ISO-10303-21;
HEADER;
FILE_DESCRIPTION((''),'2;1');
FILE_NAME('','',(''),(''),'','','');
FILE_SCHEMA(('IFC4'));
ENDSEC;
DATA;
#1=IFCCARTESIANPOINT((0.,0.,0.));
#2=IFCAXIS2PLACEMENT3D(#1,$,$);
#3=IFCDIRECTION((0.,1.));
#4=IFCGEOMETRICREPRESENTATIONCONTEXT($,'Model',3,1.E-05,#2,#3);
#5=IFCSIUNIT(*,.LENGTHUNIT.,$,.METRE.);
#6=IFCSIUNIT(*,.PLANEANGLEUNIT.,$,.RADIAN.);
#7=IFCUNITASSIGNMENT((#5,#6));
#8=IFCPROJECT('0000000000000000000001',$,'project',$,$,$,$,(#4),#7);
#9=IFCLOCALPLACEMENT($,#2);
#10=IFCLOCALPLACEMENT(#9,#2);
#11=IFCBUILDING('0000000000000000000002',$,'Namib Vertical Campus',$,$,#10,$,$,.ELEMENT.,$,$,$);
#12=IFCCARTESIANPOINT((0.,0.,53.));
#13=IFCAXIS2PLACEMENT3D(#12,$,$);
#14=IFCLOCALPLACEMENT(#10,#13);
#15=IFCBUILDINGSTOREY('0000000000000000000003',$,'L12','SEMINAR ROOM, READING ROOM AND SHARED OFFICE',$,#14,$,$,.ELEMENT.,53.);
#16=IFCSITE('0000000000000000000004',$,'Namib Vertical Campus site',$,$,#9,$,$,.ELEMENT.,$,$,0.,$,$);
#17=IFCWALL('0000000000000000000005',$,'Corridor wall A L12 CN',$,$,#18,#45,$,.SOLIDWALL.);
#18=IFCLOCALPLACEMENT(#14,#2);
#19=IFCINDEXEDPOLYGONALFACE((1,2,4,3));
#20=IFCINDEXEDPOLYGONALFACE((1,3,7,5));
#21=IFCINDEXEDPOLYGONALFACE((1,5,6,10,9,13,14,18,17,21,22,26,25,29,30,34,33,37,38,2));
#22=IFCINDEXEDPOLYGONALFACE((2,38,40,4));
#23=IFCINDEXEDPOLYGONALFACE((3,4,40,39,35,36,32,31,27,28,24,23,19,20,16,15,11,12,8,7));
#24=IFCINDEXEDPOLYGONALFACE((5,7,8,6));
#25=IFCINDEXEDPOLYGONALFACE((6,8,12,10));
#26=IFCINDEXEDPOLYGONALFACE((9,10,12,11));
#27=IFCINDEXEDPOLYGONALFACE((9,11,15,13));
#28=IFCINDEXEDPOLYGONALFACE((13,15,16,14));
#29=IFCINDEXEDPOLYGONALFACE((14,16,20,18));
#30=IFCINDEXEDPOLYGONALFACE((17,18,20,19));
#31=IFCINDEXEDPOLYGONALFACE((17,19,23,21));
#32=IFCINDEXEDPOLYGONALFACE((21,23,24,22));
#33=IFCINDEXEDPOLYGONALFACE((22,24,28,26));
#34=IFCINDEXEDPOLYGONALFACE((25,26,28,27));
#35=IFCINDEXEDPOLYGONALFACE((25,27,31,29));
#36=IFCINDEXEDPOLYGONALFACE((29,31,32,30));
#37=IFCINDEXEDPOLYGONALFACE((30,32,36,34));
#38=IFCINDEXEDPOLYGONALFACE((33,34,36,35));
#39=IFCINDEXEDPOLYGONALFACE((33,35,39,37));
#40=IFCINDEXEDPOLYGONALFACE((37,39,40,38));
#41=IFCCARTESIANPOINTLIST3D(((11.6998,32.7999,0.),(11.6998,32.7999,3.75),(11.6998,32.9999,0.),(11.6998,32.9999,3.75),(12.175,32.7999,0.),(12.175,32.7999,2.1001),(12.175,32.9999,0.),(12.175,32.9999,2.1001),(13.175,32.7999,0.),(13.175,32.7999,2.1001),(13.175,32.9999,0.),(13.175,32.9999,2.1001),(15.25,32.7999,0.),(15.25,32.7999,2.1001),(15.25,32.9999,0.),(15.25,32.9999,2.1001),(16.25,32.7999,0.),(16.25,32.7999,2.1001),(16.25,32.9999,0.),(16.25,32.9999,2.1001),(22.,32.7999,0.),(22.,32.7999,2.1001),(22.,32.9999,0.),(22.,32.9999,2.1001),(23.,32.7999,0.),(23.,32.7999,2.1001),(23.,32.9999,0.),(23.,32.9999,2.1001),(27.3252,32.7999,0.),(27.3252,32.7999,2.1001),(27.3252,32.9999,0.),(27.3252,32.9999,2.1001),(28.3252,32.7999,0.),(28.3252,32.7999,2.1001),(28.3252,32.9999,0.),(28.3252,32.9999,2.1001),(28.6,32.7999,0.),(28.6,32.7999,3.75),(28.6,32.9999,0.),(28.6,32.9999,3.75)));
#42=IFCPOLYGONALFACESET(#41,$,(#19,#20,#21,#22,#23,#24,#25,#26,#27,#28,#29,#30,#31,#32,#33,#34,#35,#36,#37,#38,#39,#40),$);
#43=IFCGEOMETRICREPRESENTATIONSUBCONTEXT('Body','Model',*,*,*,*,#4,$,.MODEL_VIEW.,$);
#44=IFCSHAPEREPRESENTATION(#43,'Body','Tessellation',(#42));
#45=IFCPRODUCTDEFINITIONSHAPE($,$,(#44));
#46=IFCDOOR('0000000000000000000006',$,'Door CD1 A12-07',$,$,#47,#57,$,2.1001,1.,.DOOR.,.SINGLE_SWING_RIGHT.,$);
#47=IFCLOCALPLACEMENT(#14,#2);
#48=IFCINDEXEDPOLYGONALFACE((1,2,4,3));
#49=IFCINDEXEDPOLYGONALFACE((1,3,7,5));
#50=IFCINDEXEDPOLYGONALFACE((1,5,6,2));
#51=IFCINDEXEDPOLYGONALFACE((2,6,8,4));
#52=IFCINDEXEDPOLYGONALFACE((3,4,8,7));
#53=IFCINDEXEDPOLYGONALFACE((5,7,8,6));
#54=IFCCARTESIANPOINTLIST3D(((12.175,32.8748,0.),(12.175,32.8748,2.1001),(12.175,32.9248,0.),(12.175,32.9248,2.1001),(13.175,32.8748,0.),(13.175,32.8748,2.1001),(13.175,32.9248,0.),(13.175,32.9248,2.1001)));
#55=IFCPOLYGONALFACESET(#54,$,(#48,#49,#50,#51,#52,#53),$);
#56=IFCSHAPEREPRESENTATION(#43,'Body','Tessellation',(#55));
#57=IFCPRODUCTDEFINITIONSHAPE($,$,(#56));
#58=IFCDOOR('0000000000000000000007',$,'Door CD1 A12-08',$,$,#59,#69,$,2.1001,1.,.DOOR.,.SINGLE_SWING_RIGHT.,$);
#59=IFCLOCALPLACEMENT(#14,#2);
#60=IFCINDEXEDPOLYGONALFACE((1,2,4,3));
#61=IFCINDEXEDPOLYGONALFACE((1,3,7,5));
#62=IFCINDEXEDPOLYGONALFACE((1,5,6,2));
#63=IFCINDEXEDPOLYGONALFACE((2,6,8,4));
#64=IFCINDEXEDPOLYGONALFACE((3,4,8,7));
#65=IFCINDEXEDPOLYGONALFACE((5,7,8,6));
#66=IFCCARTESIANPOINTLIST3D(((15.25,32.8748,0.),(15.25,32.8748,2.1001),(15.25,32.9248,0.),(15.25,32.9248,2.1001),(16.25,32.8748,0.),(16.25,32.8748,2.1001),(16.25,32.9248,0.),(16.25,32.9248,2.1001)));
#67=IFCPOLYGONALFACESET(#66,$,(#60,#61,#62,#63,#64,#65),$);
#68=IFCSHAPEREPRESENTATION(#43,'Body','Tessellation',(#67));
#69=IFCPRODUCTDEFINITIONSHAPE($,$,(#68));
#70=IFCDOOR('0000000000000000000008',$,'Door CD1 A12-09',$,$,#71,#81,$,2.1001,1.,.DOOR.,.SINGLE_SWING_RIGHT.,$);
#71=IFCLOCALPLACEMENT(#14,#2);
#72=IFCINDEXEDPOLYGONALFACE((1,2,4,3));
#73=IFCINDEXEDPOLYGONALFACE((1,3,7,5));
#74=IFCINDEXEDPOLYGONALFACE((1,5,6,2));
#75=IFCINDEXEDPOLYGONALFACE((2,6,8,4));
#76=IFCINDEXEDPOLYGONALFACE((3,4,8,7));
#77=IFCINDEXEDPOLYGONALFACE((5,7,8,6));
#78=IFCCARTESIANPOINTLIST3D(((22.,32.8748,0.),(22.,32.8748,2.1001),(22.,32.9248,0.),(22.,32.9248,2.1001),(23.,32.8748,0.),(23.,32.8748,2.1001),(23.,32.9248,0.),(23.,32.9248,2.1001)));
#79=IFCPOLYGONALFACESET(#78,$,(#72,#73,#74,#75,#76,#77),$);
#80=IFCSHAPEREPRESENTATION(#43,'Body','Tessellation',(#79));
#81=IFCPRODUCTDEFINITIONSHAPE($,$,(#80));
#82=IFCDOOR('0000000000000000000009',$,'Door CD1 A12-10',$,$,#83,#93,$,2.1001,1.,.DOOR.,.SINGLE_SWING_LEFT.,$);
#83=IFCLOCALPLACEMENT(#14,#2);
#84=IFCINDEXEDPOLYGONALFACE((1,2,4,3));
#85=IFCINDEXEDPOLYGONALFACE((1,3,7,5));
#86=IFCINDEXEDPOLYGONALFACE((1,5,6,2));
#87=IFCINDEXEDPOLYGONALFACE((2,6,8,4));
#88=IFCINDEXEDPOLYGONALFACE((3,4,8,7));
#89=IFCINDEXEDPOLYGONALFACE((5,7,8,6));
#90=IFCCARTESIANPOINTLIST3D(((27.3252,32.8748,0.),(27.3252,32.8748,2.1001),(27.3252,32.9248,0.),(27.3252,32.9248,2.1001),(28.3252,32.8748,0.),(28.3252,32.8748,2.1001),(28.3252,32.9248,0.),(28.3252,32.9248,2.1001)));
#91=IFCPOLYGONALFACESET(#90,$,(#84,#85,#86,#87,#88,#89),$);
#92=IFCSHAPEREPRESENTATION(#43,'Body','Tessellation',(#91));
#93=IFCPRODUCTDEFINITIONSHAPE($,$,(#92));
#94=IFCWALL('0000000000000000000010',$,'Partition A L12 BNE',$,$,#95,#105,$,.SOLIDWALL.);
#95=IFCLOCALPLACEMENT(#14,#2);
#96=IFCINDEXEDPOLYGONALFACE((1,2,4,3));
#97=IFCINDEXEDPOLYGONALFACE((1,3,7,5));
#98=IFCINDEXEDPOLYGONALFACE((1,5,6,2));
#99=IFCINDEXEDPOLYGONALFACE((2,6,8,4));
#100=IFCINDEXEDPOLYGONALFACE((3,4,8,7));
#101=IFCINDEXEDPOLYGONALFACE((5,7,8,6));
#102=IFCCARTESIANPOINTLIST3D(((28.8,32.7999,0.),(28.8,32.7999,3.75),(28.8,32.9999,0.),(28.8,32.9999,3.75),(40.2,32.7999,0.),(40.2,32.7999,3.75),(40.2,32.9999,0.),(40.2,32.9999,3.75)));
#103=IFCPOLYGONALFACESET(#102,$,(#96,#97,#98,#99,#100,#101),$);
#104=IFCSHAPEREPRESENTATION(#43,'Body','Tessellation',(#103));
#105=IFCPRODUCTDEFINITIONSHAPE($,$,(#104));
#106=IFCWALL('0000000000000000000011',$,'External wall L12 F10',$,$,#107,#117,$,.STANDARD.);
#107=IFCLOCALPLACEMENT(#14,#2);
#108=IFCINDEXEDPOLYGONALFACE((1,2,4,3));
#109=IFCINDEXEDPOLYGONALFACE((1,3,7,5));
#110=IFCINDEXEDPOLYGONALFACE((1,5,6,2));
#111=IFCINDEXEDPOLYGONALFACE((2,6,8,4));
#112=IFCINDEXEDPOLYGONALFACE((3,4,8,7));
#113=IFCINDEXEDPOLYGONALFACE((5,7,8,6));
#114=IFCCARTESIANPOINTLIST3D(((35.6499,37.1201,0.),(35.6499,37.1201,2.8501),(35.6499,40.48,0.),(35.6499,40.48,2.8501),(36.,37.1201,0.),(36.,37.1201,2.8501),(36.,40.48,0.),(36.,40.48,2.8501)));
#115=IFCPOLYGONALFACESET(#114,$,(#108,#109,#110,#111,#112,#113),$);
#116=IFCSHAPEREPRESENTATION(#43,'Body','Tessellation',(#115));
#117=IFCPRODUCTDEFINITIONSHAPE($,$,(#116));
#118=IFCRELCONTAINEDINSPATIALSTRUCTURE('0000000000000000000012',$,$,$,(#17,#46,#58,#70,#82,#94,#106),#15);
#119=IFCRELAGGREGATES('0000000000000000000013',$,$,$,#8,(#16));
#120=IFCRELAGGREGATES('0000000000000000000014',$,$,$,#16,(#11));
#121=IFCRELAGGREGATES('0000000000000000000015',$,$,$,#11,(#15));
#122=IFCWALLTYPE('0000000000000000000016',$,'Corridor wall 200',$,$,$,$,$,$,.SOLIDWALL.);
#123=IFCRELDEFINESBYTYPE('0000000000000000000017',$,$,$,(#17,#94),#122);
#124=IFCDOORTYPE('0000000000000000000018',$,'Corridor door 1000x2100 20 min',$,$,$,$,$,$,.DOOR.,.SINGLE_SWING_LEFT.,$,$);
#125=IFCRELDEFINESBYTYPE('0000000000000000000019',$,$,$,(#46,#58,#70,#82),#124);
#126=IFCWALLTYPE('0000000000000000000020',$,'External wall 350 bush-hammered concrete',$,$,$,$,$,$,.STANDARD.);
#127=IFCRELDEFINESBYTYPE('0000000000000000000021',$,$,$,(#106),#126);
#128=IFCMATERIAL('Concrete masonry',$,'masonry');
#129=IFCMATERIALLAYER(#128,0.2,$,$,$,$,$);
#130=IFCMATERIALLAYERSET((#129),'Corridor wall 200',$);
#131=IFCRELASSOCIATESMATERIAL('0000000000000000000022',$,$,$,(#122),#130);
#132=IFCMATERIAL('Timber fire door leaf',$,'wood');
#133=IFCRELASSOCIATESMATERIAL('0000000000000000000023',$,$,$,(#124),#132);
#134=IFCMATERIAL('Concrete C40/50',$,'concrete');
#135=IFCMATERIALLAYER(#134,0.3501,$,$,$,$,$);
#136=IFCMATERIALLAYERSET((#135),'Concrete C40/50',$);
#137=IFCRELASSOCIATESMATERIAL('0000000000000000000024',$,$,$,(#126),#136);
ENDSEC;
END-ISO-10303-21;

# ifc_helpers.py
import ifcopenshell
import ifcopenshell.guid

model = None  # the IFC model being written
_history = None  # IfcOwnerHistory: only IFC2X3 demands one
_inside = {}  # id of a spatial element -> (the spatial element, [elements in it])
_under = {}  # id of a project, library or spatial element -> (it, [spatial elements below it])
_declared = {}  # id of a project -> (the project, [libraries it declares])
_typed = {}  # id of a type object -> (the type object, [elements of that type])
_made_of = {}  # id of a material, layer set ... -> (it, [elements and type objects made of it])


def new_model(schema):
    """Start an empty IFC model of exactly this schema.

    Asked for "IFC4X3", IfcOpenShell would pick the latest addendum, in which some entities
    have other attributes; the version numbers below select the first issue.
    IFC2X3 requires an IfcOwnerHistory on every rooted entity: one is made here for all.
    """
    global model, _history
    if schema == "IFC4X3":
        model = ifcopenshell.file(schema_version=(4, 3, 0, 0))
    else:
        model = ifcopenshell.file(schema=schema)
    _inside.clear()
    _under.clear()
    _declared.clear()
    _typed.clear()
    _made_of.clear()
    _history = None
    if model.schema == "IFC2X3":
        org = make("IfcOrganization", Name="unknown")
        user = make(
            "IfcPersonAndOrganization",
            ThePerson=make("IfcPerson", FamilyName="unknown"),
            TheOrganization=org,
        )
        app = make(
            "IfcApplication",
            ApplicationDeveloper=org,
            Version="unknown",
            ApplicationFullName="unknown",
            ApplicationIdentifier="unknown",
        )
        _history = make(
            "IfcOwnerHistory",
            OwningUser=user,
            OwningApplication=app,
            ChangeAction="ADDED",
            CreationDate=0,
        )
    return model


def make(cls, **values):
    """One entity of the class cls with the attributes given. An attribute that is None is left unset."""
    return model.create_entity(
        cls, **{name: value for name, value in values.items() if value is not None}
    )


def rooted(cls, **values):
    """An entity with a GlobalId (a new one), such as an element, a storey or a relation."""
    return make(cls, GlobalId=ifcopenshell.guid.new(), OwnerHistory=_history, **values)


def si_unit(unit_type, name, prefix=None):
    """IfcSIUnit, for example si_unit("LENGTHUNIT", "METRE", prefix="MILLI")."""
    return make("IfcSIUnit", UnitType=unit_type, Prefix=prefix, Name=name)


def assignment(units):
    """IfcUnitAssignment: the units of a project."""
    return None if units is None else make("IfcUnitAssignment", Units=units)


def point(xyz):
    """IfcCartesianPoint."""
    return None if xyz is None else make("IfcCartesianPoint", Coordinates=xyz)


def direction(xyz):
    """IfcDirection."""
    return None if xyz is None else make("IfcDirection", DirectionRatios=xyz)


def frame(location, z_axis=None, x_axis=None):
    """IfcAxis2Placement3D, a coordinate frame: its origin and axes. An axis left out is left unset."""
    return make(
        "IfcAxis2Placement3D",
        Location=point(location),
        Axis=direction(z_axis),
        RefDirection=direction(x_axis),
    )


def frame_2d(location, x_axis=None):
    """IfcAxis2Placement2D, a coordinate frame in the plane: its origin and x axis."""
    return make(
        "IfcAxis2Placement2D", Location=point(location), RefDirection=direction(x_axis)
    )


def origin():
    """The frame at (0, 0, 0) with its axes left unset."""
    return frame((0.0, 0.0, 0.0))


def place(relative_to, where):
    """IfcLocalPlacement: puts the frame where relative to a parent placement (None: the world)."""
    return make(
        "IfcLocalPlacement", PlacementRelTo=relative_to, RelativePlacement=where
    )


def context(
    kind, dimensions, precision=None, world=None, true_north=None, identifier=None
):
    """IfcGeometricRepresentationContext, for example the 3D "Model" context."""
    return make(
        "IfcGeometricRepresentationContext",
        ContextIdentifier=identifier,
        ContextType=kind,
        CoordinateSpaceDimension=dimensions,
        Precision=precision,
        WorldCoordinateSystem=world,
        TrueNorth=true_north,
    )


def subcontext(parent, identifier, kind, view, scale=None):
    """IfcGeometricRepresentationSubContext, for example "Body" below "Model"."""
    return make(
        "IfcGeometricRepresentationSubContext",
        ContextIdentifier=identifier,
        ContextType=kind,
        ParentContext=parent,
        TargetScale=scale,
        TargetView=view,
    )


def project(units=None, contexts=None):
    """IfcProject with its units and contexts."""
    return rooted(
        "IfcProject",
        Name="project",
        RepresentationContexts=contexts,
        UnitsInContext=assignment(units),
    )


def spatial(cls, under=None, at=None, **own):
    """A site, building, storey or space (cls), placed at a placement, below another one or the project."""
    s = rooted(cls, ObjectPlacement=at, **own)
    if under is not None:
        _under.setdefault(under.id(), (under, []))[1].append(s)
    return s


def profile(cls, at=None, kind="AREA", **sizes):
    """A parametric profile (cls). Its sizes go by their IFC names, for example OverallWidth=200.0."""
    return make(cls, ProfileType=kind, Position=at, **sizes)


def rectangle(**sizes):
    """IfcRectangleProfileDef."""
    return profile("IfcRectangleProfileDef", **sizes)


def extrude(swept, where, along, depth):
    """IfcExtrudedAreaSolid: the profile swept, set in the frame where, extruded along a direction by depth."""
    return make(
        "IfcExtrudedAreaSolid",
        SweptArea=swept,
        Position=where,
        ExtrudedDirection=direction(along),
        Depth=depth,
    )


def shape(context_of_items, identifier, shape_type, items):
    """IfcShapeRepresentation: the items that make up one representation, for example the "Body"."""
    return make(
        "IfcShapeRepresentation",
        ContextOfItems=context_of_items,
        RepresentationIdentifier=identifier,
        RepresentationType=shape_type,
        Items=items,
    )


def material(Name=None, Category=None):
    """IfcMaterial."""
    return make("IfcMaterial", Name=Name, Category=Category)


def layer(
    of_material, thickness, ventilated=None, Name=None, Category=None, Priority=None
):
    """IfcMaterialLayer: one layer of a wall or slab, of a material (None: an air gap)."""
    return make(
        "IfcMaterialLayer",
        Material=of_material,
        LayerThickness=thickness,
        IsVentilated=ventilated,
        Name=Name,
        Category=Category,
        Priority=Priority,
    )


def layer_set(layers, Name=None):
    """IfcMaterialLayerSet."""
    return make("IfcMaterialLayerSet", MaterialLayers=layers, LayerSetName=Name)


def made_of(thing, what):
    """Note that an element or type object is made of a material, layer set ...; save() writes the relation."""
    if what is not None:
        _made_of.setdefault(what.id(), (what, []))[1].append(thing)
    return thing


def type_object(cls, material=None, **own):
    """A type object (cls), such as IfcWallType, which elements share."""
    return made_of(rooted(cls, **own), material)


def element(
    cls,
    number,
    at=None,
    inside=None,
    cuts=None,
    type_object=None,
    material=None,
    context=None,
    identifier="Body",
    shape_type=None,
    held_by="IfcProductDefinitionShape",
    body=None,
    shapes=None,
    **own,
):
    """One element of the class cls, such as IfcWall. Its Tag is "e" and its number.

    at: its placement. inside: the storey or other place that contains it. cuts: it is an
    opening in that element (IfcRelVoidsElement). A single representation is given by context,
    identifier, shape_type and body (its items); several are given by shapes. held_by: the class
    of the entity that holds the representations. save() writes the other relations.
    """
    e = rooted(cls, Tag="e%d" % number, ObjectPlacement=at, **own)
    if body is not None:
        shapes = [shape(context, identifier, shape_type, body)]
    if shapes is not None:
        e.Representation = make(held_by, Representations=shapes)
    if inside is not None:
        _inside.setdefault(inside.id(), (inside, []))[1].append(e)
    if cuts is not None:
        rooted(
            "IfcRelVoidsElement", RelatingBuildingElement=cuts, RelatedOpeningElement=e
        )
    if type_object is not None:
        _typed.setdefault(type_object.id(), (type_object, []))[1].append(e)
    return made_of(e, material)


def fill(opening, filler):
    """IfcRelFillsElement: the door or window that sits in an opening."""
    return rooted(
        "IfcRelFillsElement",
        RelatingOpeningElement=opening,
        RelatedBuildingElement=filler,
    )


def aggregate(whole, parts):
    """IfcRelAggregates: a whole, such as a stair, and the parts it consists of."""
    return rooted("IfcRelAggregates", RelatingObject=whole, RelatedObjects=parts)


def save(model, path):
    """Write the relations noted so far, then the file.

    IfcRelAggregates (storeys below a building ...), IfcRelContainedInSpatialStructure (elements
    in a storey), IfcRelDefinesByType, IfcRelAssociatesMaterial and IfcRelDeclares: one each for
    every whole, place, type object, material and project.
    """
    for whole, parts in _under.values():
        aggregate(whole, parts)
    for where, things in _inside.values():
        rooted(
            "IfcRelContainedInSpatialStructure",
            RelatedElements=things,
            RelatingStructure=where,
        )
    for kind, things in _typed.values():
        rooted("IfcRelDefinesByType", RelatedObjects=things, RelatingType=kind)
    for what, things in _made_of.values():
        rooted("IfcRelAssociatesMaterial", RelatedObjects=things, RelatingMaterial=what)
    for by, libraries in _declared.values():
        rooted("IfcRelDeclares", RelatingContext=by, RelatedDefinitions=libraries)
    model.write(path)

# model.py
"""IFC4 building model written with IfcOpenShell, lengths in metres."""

from ifc_helpers import new_model, si_unit, direction, frame, frame_2d, origin, place, context, subcontext, project, spatial, rectangle, extrude, material, layer, layer_set, type_object, element, fill, save


model = new_model("IFC4")

# Units and contexts
model_context = context("Model", 3, precision=1e-05, world=origin(), true_north=direction((0.0, 1.0)))
body_context = subcontext(model_context, "Body", "Model", "MODEL_VIEW")
ifc_project = project(units=[si_unit("LENGTHUNIT", "METRE"), si_unit("PLANEANGLEUNIT", "RADIAN")], contexts=[model_context])

# Site, building, storey
site_placement = place(None, origin())
site = spatial("IfcSite", under=ifc_project, at=site_placement, Name="Namib Vertical Campus site", CompositionType="ELEMENT", RefElevation=0.0)
building_placement = place(site_placement, origin())
building = spatial("IfcBuilding", under=site, at=building_placement, Name="Namib Vertical Campus", CompositionType="ELEMENT")
storey_placement = place(building_placement, frame((0.0, 0.0, 53.0)))
storey = spatial("IfcBuildingStorey", under=building, at=storey_placement, Name="L12", Description="SEMINAR ROOM, READING ROOM AND SHARED OFFICE", CompositionType="ELEMENT", Elevation=53.0)

# Wall, openings, doors
ifc_material_1 = material(Name="Concrete masonry", Category="masonry")
ifc_layer_1 = layer(ifc_material_1, 0.2)
ifc_layer_set_1 = layer_set([ifc_layer_1], Name="Corridor wall 200")
wall_type_1 = type_object("IfcWallType", Name="Corridor wall 200", PredefinedType="SOLIDWALL", material=ifc_layer_set_1)
wall_1_placement = place(storey_placement, frame((28.6001, 32.8999, 0.0), z_axis=(0.0, 0.0, 1.0), x_axis=(-1.0, 0.0, 0.0)))
wall_1 = element("IfcWall", 1, at=wall_1_placement, inside=storey, type_object=wall_type_1, Name="Corridor wall A L12 CN", PredefinedType="SOLIDWALL", context=body_context, shape_type="SweptSolid", body=[
    extrude(rectangle(XDim=16.9001, YDim=0.2, at=frame_2d((8.4502, 0.0))), origin(), (0.0, 0.0, 1.0), 3.75),
])
opening_1_placement = place(wall_1_placement, frame((15.425, 0.0, 0.0)))
opening_1 = element("IfcOpeningElement", 2, at=opening_1_placement, cuts=wall_1, PredefinedType="OPENING", context=body_context, shape_type="SweptSolid", body=[
    extrude(rectangle(XDim=1.0, YDim=2.1001, at=frame_2d((0.5, 1.05))), frame((0.0, 0.1099, 0.0), z_axis=(0.0, -1.0, 0.0), x_axis=(1.0, 0.0, 0.0)), (0.0, 0.0, 1.0), 0.22),
])
opening_2_placement = place(wall_1_placement, frame((12.3501, 0.0, 0.0)))
opening_2 = element("IfcOpeningElement", 3, at=opening_2_placement, cuts=wall_1, PredefinedType="OPENING", context=body_context, shape_type="SweptSolid", body=[
    extrude(rectangle(XDim=1.0, YDim=2.1001, at=frame_2d((0.5, 1.05))), frame((0.0, 0.1099, 0.0), z_axis=(0.0, -1.0, 0.0), x_axis=(1.0, 0.0, 0.0)), (0.0, 0.0, 1.0), 0.22),
])
opening_3_placement = place(wall_1_placement, frame((5.6001, 0.0, 0.0)))
opening_3 = element("IfcOpeningElement", 4, at=opening_3_placement, cuts=wall_1, PredefinedType="OPENING", context=body_context, shape_type="SweptSolid", body=[
    extrude(rectangle(XDim=1.0, YDim=2.1001, at=frame_2d((0.5, 1.05))), frame((0.0, 0.1099, 0.0), z_axis=(0.0, -1.0, 0.0), x_axis=(1.0, 0.0, 0.0)), (0.0, 0.0, 1.0), 0.22),
])
opening_4_placement = place(wall_1_placement, frame((0.2749, 0.0, 0.0)))
opening_4 = element("IfcOpeningElement", 5, at=opening_4_placement, cuts=wall_1, PredefinedType="OPENING", context=body_context, shape_type="SweptSolid", body=[
    extrude(rectangle(XDim=1.0, YDim=2.1001, at=frame_2d((0.5, 1.05))), frame((0.0, 0.1099, 0.0), z_axis=(0.0, -1.0, 0.0), x_axis=(1.0, 0.0, 0.0)), (0.0, 0.0, 1.0), 0.22),
])
ifc_material_2 = material(Name="Timber fire door leaf", Category="wood")
door_type = type_object("IfcDoorType", Name="Corridor door 1000x2100 20 min", OperationType="SINGLE_SWING_LEFT", PredefinedType="DOOR", material=ifc_material_2)
door_1_placement = place(opening_1_placement, frame((1.0, 0.0, 0.0), z_axis=(0.0, 0.0, 1.0), x_axis=(-1.0, 0.0, 0.0)))
door_1 = element("IfcDoor", 6, at=door_1_placement, inside=storey, type_object=door_type, Name="Door CD1 A12-07", OperationType="SINGLE_SWING_RIGHT", OverallHeight=2.1001, OverallWidth=1.0, PredefinedType="DOOR", context=body_context, shape_type="SweptSolid", body=[
    extrude(rectangle(XDim=1.0, YDim=2.1001, at=frame_2d((0.5, 1.05))), frame((0.0, 0.0249, 0.0), z_axis=(0.0, -1.0, 0.0), x_axis=(1.0, 0.0, 0.0)), (0.0, 0.0, 1.0), 0.05),
])
fill(opening_1, door_1)
door_2_placement = place(opening_2_placement, frame((1.0, 0.0, 0.0), z_axis=(0.0, 0.0, 1.0), x_axis=(-1.0, 0.0, 0.0)))
door_2 = element("IfcDoor", 7, at=door_2_placement, inside=storey, type_object=door_type, Name="Door CD1 A12-08", OperationType="SINGLE_SWING_RIGHT", OverallHeight=2.1001, OverallWidth=1.0, PredefinedType="DOOR", context=body_context, shape_type="SweptSolid", body=[
    extrude(rectangle(XDim=1.0, YDim=2.1001, at=frame_2d((0.5, 1.05))), frame((0.0, 0.0249, 0.0), z_axis=(0.0, -1.0, 0.0), x_axis=(1.0, 0.0, 0.0)), (0.0, 0.0, 1.0), 0.05),
])
fill(opening_2, door_2)
door_3_placement = place(opening_3_placement, frame((1.0, 0.0, 0.0), z_axis=(0.0, 0.0, 1.0), x_axis=(-1.0, 0.0, 0.0)))
door_3 = element("IfcDoor", 8, at=door_3_placement, inside=storey, type_object=door_type, Name="Door CD1 A12-09", OperationType="SINGLE_SWING_RIGHT", OverallHeight=2.1001, OverallWidth=1.0, PredefinedType="DOOR", context=body_context, shape_type="SweptSolid", body=[
    extrude(rectangle(XDim=1.0, YDim=2.1001, at=frame_2d((0.5, 1.05))), frame((0.0, 0.0249, 0.0), z_axis=(0.0, -1.0, 0.0), x_axis=(1.0, 0.0, 0.0)), (0.0, 0.0, 1.0), 0.05),
])
fill(opening_3, door_3)
door_4_placement = place(opening_4_placement, frame((1.0, 0.0, 0.0), z_axis=(0.0, 0.0, 1.0), x_axis=(-1.0, 0.0, 0.0)))
door_4 = element("IfcDoor", 9, at=door_4_placement, inside=storey, type_object=door_type, Name="Door CD1 A12-10", OperationType="SINGLE_SWING_LEFT", OverallHeight=2.1001, OverallWidth=1.0, PredefinedType="DOOR", context=body_context, shape_type="SweptSolid", body=[
    extrude(rectangle(XDim=1.0, YDim=2.1001, at=frame_2d((0.5, 1.05))), frame((0.0, 0.0249, 0.0), z_axis=(0.0, -1.0, 0.0), x_axis=(1.0, 0.0, 0.0)), (0.0, 0.0, 1.0), 0.05),
])
fill(opening_4, door_4)

# Walls
wall_2_placement = place(storey_placement, frame((28.8, 32.8999, 0.0), z_axis=(0.0, 0.0, 1.0), x_axis=(1.0, 0.0, 0.0)))
element("IfcWall", 10, at=wall_2_placement, inside=storey, type_object=wall_type_1, Name="Partition A L12 BNE", PredefinedType="SOLIDWALL", context=body_context, shape_type="SweptSolid", body=[
    extrude(rectangle(XDim=11.3999, YDim=0.2, at=frame_2d((5.7, 0.0))), origin(), (0.0, 0.0, 1.0), 3.75),
])
ifc_material_3 = material(Name="Concrete C40/50", Category="concrete")
ifc_layer_2 = layer(ifc_material_3, 0.3501)
ifc_layer_set_2 = layer_set([ifc_layer_2], Name="Concrete C40/50")
wall_type_2 = type_object("IfcWallType", Name="External wall 350 bush-hammered concrete", PredefinedType="STANDARD", material=ifc_layer_set_2)
wall_3_placement = place(storey_placement, frame((35.825, 37.1201, 0.0), z_axis=(0.0, 0.0, 1.0), x_axis=(0.0, 1.0, 0.0)))
element("IfcWall", 11, at=wall_3_placement, inside=storey, type_object=wall_type_2, Name="External wall L12 F10", PredefinedType="STANDARD", context=body_context, shape_type="SweptSolid", body=[
    extrude(rectangle(XDim=3.3599, YDim=0.3501, at=frame_2d((1.6799, 0.0))), origin(), (0.0, 0.0, 1.0), 2.8501),
])

save(model, "model.ifc")
